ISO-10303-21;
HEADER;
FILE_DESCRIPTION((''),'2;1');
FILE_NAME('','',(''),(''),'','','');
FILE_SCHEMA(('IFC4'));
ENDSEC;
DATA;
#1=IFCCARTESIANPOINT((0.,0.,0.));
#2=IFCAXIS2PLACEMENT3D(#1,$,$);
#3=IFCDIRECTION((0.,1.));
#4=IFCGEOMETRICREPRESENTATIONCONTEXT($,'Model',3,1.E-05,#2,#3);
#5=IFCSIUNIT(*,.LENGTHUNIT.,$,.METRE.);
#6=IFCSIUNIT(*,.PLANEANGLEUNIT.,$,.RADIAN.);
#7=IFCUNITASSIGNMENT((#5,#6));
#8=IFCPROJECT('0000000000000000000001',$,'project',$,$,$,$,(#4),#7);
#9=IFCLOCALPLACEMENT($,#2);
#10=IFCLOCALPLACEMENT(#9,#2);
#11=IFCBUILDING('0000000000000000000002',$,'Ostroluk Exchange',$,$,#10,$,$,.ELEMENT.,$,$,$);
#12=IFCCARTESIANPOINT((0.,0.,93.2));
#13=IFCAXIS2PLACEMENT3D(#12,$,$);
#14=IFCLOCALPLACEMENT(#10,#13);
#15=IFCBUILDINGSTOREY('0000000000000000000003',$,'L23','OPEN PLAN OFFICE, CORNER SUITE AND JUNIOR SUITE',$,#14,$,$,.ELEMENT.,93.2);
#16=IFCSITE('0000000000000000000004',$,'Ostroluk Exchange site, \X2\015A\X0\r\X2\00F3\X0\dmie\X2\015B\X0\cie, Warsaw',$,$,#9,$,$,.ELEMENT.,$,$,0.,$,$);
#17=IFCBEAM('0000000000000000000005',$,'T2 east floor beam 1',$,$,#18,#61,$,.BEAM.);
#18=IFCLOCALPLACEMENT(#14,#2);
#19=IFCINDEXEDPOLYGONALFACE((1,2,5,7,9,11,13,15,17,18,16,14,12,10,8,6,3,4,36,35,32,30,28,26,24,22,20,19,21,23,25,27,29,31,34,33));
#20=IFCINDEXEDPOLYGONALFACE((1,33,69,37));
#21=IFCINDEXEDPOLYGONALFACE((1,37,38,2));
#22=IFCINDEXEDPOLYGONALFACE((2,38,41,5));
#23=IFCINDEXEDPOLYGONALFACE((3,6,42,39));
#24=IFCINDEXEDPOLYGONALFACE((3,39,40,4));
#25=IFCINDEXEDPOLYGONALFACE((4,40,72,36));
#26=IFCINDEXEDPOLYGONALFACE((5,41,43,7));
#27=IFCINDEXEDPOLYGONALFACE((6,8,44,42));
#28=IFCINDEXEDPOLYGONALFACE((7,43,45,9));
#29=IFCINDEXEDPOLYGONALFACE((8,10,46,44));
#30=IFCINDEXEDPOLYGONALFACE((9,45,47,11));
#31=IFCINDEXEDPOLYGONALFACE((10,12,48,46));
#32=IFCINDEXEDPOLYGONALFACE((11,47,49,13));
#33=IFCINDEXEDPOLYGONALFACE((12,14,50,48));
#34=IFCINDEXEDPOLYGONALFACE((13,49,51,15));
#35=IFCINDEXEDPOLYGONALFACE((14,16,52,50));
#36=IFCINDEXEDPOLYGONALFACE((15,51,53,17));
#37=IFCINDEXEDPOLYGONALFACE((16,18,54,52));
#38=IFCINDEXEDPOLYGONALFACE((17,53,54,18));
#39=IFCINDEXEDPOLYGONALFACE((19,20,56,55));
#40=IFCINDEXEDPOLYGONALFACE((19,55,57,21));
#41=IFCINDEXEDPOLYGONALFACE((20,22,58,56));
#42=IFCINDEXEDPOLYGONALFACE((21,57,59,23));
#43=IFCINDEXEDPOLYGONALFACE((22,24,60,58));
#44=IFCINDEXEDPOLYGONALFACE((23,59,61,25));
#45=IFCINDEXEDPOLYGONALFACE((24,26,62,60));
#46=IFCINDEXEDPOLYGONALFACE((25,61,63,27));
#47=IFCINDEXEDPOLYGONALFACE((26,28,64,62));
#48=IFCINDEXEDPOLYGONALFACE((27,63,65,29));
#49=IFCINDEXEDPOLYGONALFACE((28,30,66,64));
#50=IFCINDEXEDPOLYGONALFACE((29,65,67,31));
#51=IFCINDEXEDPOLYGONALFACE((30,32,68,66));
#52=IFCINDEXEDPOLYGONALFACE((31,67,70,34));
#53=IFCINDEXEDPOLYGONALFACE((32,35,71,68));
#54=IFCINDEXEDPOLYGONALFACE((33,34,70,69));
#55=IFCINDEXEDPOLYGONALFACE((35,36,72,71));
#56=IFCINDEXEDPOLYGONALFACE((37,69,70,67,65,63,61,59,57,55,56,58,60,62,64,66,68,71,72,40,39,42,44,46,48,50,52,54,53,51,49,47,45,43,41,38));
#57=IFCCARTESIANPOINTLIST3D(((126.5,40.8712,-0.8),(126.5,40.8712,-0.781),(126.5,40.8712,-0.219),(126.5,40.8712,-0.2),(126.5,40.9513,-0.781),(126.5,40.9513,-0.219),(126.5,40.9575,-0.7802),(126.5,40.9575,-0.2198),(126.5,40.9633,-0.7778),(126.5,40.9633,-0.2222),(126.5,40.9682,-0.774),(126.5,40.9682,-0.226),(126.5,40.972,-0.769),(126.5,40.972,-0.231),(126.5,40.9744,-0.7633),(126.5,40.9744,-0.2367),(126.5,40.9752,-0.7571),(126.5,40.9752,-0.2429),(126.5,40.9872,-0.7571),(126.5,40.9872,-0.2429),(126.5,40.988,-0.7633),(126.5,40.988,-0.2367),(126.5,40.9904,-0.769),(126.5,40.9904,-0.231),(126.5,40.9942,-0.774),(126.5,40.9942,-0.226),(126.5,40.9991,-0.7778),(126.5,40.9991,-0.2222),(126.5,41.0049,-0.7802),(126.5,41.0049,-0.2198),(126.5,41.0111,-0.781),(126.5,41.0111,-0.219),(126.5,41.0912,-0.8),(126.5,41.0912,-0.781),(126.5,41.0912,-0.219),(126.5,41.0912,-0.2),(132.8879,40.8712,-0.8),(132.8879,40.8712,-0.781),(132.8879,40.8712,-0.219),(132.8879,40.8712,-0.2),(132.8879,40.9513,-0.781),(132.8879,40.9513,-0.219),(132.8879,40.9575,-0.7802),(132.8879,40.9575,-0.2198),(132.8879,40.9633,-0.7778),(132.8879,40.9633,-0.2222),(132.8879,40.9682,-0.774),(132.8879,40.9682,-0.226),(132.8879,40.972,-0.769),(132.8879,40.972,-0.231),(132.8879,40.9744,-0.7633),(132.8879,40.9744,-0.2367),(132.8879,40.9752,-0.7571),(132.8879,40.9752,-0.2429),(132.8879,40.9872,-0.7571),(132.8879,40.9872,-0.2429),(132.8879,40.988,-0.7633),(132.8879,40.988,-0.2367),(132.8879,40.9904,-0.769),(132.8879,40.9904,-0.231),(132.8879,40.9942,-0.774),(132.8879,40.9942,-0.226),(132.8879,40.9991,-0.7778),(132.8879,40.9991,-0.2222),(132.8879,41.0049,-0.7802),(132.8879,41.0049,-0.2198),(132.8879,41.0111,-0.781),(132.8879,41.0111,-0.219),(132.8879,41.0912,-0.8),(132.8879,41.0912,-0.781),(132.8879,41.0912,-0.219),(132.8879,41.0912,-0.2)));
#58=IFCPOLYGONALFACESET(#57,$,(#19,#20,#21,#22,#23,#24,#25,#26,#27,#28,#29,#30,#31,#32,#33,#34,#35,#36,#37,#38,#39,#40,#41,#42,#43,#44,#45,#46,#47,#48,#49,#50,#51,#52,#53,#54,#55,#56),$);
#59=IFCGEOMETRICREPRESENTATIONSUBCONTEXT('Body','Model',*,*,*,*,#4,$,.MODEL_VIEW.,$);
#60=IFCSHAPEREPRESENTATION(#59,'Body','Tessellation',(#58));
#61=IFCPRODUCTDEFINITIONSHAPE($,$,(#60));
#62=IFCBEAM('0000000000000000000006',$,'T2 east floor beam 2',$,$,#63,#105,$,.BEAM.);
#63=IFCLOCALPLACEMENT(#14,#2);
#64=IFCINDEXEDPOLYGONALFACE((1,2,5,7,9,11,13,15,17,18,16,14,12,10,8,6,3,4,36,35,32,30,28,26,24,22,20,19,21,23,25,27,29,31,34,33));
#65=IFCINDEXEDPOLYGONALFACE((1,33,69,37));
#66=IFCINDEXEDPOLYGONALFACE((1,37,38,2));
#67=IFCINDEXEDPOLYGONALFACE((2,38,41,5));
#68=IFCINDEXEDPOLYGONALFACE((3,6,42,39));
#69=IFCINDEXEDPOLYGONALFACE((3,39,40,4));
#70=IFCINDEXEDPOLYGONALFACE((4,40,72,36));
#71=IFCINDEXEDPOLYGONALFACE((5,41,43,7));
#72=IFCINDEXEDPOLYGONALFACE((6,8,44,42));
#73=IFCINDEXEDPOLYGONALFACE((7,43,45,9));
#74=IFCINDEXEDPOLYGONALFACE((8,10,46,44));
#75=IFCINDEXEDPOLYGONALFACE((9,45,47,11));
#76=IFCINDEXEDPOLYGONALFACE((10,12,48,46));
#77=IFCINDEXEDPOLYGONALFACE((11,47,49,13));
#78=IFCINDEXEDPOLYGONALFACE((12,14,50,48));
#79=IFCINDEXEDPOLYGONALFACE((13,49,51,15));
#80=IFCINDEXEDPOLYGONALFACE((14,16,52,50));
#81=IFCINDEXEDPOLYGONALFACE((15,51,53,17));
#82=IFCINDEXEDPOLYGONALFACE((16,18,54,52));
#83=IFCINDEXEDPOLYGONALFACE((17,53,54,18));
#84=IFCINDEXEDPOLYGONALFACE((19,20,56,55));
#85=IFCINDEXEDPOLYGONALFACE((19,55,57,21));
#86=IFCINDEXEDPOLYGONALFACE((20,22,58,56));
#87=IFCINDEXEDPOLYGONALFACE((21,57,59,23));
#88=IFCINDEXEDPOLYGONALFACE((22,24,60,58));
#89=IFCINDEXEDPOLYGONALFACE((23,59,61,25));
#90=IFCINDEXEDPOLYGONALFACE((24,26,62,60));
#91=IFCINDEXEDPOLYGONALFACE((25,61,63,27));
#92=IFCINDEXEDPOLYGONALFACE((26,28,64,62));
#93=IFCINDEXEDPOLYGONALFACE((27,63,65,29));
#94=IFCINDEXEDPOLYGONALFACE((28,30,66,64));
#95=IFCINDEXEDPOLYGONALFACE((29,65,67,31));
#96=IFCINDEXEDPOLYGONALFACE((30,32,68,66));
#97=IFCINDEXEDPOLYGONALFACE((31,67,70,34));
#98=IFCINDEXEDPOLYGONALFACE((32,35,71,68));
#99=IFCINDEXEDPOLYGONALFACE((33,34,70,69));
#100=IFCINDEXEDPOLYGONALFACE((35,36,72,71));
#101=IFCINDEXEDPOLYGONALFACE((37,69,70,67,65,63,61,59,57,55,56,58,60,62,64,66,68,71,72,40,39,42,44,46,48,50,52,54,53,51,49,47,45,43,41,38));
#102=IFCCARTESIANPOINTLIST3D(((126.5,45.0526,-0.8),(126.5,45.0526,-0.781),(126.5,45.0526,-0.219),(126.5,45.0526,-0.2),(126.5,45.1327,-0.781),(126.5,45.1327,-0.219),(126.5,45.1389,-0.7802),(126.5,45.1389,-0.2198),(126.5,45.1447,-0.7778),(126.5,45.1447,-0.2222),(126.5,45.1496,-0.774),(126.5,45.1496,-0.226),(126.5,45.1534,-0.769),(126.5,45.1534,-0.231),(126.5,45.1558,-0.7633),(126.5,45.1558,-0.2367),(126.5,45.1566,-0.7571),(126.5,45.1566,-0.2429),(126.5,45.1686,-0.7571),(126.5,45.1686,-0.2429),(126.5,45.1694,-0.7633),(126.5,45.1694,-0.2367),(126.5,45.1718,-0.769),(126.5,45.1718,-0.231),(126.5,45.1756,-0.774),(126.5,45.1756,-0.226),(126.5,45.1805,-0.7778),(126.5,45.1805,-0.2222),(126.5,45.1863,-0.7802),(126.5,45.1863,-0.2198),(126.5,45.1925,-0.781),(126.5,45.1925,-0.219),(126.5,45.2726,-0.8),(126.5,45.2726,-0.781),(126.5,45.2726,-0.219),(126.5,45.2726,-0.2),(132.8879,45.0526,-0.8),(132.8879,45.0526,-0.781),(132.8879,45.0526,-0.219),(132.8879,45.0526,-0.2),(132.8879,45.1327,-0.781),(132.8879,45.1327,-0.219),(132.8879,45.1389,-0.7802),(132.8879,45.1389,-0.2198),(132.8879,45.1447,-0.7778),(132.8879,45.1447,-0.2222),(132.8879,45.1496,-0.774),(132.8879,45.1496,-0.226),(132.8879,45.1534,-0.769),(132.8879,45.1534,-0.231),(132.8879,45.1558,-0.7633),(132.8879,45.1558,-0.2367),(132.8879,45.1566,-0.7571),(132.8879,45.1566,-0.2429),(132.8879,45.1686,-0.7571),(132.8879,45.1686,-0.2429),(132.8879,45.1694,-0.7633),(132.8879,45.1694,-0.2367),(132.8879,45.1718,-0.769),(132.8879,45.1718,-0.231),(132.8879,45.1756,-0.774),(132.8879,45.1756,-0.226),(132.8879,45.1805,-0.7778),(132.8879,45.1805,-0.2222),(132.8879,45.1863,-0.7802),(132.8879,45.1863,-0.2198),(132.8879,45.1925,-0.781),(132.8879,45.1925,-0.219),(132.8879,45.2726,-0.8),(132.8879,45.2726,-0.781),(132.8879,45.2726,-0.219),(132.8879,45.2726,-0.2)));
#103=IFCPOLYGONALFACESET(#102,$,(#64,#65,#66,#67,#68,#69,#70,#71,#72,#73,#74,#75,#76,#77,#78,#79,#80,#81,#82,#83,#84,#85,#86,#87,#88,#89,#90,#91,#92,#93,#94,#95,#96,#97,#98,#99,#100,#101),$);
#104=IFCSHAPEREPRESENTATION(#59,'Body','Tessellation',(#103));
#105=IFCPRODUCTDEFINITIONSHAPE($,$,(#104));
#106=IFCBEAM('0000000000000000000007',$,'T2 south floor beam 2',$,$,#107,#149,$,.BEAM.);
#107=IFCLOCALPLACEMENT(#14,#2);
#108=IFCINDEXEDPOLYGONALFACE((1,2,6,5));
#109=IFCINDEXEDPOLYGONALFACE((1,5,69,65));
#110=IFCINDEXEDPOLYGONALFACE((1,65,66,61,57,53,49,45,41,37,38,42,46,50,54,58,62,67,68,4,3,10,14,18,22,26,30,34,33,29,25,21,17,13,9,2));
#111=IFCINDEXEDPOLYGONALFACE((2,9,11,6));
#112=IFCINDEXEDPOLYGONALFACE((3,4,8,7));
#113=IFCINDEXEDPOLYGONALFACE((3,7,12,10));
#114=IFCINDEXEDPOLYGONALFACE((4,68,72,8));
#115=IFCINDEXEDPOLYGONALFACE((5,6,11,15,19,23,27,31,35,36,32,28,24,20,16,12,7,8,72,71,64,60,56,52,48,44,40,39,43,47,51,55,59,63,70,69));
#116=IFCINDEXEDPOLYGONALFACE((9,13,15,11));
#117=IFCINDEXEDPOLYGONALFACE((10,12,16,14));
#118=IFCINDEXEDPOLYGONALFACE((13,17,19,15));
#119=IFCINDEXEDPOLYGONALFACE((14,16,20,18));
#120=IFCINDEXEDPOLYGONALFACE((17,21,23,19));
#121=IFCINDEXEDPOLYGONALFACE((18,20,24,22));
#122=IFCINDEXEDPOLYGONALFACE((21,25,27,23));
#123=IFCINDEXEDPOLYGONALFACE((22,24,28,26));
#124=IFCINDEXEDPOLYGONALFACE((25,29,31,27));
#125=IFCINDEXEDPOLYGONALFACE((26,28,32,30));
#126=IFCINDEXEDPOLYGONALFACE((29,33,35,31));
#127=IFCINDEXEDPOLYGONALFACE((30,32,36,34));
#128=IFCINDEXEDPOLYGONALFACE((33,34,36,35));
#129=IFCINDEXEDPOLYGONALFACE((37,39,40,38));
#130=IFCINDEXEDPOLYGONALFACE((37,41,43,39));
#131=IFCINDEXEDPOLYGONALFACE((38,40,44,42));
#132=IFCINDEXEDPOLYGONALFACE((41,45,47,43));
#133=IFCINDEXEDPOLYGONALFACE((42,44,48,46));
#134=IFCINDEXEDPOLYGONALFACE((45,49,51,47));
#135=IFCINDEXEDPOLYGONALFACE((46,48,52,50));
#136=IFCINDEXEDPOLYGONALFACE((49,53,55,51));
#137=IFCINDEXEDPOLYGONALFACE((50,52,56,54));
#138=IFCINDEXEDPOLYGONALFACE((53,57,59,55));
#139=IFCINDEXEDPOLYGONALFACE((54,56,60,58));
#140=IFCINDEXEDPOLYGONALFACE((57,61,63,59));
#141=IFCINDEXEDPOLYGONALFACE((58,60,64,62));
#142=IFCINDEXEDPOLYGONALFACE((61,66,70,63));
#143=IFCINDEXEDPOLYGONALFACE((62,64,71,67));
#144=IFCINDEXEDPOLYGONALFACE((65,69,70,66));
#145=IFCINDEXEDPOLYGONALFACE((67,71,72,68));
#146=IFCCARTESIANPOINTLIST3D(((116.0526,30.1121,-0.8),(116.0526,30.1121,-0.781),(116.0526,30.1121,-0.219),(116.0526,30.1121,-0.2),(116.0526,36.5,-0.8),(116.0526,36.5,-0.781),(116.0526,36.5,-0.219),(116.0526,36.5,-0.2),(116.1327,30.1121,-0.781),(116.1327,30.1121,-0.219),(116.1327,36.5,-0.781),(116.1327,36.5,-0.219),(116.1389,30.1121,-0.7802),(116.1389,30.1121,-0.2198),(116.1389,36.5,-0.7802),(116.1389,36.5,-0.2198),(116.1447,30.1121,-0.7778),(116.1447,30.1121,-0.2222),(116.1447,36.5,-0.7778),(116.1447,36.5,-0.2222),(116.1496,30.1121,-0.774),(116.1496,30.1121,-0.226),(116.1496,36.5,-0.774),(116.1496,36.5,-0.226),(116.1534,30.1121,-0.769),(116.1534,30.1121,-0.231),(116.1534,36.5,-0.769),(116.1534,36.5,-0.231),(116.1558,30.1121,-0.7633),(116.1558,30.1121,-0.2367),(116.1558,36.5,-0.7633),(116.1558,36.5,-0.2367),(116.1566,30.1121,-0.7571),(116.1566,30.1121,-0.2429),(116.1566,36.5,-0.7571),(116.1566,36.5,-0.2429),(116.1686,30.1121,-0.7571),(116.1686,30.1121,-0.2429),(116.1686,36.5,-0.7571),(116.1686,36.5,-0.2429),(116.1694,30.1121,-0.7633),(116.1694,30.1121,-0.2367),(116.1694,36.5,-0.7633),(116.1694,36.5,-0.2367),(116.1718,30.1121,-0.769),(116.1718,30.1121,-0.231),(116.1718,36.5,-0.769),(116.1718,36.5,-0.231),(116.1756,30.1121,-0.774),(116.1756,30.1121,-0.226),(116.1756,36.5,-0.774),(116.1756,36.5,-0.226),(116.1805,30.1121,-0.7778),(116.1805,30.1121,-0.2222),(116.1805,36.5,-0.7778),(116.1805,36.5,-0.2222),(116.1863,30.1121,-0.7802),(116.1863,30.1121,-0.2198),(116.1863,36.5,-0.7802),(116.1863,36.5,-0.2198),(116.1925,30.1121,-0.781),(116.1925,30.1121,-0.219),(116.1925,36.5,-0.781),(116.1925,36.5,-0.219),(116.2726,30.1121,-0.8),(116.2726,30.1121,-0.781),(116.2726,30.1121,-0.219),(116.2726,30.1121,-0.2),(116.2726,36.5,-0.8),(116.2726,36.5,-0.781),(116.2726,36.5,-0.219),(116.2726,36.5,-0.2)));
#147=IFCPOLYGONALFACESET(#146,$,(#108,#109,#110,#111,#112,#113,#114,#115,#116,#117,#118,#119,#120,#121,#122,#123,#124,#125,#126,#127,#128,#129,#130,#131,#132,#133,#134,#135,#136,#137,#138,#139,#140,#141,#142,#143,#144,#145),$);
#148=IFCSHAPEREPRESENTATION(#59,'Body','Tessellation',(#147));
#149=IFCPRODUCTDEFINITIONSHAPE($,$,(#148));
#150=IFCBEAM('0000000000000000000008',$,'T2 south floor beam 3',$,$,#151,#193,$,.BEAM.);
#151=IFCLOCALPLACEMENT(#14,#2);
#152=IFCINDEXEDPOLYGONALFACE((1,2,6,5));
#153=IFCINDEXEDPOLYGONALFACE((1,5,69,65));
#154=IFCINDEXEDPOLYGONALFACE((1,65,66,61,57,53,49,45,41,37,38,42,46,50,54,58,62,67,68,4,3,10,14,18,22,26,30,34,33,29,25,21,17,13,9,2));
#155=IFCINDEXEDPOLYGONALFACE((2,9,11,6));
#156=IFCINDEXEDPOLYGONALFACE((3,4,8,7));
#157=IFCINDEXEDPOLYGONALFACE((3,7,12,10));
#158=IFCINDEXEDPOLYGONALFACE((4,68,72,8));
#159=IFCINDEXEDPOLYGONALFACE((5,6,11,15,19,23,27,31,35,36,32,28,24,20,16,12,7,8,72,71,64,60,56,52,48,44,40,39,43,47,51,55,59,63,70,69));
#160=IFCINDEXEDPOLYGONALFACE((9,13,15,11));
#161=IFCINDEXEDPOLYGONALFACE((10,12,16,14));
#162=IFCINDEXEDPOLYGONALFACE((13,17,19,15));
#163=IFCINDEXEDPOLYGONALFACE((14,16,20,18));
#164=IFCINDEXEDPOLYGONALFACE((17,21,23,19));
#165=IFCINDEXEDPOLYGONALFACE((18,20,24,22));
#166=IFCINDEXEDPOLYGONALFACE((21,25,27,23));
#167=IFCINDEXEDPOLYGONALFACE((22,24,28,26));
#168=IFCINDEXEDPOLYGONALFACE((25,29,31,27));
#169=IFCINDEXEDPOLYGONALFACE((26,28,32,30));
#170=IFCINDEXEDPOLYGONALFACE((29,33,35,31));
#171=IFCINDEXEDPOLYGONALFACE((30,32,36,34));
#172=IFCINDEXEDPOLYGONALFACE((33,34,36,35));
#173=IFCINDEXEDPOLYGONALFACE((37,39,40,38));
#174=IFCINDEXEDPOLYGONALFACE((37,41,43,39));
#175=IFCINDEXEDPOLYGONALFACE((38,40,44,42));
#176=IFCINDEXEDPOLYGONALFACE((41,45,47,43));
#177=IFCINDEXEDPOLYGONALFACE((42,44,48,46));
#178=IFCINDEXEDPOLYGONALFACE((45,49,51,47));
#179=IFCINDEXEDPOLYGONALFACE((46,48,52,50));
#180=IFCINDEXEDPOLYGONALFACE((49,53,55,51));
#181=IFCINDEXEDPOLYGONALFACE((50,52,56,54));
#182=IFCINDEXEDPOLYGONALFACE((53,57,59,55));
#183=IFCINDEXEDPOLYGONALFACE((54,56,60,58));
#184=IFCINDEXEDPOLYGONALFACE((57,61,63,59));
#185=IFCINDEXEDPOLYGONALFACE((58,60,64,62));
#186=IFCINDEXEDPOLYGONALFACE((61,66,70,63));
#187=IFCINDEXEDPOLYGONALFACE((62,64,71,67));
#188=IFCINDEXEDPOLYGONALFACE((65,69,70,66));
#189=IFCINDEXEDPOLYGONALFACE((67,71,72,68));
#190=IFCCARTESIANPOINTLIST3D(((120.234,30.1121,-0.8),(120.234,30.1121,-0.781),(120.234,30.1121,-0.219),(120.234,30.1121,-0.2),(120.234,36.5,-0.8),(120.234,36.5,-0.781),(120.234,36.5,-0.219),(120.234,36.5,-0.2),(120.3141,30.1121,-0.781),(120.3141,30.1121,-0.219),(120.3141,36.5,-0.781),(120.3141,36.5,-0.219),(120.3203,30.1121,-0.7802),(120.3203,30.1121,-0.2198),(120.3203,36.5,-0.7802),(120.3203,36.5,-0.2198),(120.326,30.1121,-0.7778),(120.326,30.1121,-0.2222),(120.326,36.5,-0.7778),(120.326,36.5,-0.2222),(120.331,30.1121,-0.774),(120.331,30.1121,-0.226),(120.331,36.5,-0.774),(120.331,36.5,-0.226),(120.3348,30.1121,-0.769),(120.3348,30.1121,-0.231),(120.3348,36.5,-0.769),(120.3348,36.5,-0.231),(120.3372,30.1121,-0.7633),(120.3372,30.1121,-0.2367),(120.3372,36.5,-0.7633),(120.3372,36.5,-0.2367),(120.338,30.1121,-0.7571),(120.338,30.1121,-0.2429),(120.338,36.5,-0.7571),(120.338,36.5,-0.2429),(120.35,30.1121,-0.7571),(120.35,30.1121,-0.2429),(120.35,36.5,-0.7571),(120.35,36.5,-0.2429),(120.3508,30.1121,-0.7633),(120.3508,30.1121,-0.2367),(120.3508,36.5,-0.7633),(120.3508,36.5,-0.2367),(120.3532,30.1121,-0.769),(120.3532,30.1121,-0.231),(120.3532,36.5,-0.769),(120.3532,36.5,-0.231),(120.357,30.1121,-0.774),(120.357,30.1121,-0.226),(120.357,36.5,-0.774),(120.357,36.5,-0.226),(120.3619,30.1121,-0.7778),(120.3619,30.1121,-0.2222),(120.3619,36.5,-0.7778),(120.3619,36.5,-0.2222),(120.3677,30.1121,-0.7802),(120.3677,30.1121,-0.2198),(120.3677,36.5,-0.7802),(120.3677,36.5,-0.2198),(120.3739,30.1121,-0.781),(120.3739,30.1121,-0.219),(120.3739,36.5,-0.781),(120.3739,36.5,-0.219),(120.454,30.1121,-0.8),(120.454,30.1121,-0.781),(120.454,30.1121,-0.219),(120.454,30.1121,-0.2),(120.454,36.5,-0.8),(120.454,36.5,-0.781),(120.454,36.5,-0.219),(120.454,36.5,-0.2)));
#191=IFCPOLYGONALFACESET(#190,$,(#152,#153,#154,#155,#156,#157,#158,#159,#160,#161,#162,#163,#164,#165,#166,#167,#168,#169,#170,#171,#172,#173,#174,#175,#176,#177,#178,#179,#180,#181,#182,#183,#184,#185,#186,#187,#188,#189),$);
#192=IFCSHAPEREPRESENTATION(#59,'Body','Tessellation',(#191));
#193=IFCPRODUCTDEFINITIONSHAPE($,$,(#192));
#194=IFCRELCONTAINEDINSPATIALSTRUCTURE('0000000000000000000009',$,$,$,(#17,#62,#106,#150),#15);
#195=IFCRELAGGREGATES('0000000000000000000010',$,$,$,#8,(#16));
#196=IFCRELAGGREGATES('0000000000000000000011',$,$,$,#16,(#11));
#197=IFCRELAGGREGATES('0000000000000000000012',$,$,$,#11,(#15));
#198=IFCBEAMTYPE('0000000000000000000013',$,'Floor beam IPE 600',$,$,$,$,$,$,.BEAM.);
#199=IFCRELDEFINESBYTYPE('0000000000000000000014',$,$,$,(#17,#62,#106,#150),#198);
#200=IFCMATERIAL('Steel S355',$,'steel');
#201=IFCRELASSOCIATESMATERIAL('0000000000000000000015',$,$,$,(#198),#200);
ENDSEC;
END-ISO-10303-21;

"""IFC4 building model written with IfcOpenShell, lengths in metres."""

from ifc_helpers import new_model, si_unit, direction, frame, origin, origin_2d, place, context, subcontext, project, spatial, i_section, extrude, material, material_profile, profile_set, type_object, element, save


model = new_model("IFC4")

# Units and contexts
model_context = context("Model", 3, precision=1e-05, world=origin(), true_north=direction((0.0, 1.0)))
body_context = subcontext(model_context, "Body", "Model", "MODEL_VIEW")
ifc_project = project(units=[si_unit("LENGTHUNIT", "METRE"), si_unit("PLANEANGLEUNIT", "RADIAN")], contexts=[model_context])

# Site, building, storey
site_placement = place(None, origin())
site = spatial("IfcSite", under=ifc_project, at=site_placement, Name="Ostroluk Exchange site, Śródmieście, Warsaw", CompositionType="ELEMENT", RefElevation=0.0)
building_placement = place(site_placement, origin())
building = spatial("IfcBuilding", under=site, at=building_placement, Name="Ostroluk Exchange", CompositionType="ELEMENT")
storey_placement = place(building_placement, frame((0.0, 0.0, 93.2)))
storey = spatial("IfcBuildingStorey", under=building, at=storey_placement, Name="L23", Description="OPEN PLAN OFFICE, CORNER SUITE AND JUNIOR SUITE", CompositionType="ELEMENT", Elevation=93.2)

# Beams
ifc_material_1 = material(Name="Steel S355", Category="steel")
ifc_material_profile_1 = material_profile(ifc_material_1, i_section(OverallWidth=0.22, OverallDepth=0.6001, WebThickness=0.012, FlangeThickness=0.019, FilletRadius=0.0239, at=origin_2d()), Name="IPE 600")
ifc_profile_set_1 = profile_set([ifc_material_profile_1], Name="Steel S355")
beam_type_1 = type_object("IfcBeamType", Name="Floor beam IPE 600", PredefinedType="BEAM", material=ifc_profile_set_1)
for number, where, z_axis, x_axis, name in (
    (1, (126.5, 40.9812, -0.5), (1.0, 0.0, 0.0), (0.0, 1.0, 0.0), "T2 east floor beam 1"),
    (2, (126.5, 45.1626, -0.5), (1.0, 0.0, 0.0), (0.0, 1.0, 0.0), "T2 east floor beam 2"),
    (3, (116.1626, 36.5, -0.5), (0.0, -1.0, 0.0), (1.0, 0.0, 0.0), "T2 south floor beam 2"),
    (4, (120.344, 36.5, -0.5), (0.0, -1.0, 0.0), (1.0, 0.0, 0.0), "T2 south floor beam 3"),
):
    element("IfcBeam", number, at=place(storey_placement, frame(where, z_axis=z_axis, x_axis=x_axis)), inside=storey, type_object=beam_type_1, Name=name, PredefinedType="BEAM", context=body_context, shape_type="SweptSolid", body=[
        extrude(i_section(OverallWidth=0.22, OverallDepth=0.6001, WebThickness=0.012, FlangeThickness=0.019, FilletRadius=0.0239, at=origin_2d()), origin(), (0.0, 0.0, 1.0), 6.3879),
    ])

save(model, "model.ifc")
